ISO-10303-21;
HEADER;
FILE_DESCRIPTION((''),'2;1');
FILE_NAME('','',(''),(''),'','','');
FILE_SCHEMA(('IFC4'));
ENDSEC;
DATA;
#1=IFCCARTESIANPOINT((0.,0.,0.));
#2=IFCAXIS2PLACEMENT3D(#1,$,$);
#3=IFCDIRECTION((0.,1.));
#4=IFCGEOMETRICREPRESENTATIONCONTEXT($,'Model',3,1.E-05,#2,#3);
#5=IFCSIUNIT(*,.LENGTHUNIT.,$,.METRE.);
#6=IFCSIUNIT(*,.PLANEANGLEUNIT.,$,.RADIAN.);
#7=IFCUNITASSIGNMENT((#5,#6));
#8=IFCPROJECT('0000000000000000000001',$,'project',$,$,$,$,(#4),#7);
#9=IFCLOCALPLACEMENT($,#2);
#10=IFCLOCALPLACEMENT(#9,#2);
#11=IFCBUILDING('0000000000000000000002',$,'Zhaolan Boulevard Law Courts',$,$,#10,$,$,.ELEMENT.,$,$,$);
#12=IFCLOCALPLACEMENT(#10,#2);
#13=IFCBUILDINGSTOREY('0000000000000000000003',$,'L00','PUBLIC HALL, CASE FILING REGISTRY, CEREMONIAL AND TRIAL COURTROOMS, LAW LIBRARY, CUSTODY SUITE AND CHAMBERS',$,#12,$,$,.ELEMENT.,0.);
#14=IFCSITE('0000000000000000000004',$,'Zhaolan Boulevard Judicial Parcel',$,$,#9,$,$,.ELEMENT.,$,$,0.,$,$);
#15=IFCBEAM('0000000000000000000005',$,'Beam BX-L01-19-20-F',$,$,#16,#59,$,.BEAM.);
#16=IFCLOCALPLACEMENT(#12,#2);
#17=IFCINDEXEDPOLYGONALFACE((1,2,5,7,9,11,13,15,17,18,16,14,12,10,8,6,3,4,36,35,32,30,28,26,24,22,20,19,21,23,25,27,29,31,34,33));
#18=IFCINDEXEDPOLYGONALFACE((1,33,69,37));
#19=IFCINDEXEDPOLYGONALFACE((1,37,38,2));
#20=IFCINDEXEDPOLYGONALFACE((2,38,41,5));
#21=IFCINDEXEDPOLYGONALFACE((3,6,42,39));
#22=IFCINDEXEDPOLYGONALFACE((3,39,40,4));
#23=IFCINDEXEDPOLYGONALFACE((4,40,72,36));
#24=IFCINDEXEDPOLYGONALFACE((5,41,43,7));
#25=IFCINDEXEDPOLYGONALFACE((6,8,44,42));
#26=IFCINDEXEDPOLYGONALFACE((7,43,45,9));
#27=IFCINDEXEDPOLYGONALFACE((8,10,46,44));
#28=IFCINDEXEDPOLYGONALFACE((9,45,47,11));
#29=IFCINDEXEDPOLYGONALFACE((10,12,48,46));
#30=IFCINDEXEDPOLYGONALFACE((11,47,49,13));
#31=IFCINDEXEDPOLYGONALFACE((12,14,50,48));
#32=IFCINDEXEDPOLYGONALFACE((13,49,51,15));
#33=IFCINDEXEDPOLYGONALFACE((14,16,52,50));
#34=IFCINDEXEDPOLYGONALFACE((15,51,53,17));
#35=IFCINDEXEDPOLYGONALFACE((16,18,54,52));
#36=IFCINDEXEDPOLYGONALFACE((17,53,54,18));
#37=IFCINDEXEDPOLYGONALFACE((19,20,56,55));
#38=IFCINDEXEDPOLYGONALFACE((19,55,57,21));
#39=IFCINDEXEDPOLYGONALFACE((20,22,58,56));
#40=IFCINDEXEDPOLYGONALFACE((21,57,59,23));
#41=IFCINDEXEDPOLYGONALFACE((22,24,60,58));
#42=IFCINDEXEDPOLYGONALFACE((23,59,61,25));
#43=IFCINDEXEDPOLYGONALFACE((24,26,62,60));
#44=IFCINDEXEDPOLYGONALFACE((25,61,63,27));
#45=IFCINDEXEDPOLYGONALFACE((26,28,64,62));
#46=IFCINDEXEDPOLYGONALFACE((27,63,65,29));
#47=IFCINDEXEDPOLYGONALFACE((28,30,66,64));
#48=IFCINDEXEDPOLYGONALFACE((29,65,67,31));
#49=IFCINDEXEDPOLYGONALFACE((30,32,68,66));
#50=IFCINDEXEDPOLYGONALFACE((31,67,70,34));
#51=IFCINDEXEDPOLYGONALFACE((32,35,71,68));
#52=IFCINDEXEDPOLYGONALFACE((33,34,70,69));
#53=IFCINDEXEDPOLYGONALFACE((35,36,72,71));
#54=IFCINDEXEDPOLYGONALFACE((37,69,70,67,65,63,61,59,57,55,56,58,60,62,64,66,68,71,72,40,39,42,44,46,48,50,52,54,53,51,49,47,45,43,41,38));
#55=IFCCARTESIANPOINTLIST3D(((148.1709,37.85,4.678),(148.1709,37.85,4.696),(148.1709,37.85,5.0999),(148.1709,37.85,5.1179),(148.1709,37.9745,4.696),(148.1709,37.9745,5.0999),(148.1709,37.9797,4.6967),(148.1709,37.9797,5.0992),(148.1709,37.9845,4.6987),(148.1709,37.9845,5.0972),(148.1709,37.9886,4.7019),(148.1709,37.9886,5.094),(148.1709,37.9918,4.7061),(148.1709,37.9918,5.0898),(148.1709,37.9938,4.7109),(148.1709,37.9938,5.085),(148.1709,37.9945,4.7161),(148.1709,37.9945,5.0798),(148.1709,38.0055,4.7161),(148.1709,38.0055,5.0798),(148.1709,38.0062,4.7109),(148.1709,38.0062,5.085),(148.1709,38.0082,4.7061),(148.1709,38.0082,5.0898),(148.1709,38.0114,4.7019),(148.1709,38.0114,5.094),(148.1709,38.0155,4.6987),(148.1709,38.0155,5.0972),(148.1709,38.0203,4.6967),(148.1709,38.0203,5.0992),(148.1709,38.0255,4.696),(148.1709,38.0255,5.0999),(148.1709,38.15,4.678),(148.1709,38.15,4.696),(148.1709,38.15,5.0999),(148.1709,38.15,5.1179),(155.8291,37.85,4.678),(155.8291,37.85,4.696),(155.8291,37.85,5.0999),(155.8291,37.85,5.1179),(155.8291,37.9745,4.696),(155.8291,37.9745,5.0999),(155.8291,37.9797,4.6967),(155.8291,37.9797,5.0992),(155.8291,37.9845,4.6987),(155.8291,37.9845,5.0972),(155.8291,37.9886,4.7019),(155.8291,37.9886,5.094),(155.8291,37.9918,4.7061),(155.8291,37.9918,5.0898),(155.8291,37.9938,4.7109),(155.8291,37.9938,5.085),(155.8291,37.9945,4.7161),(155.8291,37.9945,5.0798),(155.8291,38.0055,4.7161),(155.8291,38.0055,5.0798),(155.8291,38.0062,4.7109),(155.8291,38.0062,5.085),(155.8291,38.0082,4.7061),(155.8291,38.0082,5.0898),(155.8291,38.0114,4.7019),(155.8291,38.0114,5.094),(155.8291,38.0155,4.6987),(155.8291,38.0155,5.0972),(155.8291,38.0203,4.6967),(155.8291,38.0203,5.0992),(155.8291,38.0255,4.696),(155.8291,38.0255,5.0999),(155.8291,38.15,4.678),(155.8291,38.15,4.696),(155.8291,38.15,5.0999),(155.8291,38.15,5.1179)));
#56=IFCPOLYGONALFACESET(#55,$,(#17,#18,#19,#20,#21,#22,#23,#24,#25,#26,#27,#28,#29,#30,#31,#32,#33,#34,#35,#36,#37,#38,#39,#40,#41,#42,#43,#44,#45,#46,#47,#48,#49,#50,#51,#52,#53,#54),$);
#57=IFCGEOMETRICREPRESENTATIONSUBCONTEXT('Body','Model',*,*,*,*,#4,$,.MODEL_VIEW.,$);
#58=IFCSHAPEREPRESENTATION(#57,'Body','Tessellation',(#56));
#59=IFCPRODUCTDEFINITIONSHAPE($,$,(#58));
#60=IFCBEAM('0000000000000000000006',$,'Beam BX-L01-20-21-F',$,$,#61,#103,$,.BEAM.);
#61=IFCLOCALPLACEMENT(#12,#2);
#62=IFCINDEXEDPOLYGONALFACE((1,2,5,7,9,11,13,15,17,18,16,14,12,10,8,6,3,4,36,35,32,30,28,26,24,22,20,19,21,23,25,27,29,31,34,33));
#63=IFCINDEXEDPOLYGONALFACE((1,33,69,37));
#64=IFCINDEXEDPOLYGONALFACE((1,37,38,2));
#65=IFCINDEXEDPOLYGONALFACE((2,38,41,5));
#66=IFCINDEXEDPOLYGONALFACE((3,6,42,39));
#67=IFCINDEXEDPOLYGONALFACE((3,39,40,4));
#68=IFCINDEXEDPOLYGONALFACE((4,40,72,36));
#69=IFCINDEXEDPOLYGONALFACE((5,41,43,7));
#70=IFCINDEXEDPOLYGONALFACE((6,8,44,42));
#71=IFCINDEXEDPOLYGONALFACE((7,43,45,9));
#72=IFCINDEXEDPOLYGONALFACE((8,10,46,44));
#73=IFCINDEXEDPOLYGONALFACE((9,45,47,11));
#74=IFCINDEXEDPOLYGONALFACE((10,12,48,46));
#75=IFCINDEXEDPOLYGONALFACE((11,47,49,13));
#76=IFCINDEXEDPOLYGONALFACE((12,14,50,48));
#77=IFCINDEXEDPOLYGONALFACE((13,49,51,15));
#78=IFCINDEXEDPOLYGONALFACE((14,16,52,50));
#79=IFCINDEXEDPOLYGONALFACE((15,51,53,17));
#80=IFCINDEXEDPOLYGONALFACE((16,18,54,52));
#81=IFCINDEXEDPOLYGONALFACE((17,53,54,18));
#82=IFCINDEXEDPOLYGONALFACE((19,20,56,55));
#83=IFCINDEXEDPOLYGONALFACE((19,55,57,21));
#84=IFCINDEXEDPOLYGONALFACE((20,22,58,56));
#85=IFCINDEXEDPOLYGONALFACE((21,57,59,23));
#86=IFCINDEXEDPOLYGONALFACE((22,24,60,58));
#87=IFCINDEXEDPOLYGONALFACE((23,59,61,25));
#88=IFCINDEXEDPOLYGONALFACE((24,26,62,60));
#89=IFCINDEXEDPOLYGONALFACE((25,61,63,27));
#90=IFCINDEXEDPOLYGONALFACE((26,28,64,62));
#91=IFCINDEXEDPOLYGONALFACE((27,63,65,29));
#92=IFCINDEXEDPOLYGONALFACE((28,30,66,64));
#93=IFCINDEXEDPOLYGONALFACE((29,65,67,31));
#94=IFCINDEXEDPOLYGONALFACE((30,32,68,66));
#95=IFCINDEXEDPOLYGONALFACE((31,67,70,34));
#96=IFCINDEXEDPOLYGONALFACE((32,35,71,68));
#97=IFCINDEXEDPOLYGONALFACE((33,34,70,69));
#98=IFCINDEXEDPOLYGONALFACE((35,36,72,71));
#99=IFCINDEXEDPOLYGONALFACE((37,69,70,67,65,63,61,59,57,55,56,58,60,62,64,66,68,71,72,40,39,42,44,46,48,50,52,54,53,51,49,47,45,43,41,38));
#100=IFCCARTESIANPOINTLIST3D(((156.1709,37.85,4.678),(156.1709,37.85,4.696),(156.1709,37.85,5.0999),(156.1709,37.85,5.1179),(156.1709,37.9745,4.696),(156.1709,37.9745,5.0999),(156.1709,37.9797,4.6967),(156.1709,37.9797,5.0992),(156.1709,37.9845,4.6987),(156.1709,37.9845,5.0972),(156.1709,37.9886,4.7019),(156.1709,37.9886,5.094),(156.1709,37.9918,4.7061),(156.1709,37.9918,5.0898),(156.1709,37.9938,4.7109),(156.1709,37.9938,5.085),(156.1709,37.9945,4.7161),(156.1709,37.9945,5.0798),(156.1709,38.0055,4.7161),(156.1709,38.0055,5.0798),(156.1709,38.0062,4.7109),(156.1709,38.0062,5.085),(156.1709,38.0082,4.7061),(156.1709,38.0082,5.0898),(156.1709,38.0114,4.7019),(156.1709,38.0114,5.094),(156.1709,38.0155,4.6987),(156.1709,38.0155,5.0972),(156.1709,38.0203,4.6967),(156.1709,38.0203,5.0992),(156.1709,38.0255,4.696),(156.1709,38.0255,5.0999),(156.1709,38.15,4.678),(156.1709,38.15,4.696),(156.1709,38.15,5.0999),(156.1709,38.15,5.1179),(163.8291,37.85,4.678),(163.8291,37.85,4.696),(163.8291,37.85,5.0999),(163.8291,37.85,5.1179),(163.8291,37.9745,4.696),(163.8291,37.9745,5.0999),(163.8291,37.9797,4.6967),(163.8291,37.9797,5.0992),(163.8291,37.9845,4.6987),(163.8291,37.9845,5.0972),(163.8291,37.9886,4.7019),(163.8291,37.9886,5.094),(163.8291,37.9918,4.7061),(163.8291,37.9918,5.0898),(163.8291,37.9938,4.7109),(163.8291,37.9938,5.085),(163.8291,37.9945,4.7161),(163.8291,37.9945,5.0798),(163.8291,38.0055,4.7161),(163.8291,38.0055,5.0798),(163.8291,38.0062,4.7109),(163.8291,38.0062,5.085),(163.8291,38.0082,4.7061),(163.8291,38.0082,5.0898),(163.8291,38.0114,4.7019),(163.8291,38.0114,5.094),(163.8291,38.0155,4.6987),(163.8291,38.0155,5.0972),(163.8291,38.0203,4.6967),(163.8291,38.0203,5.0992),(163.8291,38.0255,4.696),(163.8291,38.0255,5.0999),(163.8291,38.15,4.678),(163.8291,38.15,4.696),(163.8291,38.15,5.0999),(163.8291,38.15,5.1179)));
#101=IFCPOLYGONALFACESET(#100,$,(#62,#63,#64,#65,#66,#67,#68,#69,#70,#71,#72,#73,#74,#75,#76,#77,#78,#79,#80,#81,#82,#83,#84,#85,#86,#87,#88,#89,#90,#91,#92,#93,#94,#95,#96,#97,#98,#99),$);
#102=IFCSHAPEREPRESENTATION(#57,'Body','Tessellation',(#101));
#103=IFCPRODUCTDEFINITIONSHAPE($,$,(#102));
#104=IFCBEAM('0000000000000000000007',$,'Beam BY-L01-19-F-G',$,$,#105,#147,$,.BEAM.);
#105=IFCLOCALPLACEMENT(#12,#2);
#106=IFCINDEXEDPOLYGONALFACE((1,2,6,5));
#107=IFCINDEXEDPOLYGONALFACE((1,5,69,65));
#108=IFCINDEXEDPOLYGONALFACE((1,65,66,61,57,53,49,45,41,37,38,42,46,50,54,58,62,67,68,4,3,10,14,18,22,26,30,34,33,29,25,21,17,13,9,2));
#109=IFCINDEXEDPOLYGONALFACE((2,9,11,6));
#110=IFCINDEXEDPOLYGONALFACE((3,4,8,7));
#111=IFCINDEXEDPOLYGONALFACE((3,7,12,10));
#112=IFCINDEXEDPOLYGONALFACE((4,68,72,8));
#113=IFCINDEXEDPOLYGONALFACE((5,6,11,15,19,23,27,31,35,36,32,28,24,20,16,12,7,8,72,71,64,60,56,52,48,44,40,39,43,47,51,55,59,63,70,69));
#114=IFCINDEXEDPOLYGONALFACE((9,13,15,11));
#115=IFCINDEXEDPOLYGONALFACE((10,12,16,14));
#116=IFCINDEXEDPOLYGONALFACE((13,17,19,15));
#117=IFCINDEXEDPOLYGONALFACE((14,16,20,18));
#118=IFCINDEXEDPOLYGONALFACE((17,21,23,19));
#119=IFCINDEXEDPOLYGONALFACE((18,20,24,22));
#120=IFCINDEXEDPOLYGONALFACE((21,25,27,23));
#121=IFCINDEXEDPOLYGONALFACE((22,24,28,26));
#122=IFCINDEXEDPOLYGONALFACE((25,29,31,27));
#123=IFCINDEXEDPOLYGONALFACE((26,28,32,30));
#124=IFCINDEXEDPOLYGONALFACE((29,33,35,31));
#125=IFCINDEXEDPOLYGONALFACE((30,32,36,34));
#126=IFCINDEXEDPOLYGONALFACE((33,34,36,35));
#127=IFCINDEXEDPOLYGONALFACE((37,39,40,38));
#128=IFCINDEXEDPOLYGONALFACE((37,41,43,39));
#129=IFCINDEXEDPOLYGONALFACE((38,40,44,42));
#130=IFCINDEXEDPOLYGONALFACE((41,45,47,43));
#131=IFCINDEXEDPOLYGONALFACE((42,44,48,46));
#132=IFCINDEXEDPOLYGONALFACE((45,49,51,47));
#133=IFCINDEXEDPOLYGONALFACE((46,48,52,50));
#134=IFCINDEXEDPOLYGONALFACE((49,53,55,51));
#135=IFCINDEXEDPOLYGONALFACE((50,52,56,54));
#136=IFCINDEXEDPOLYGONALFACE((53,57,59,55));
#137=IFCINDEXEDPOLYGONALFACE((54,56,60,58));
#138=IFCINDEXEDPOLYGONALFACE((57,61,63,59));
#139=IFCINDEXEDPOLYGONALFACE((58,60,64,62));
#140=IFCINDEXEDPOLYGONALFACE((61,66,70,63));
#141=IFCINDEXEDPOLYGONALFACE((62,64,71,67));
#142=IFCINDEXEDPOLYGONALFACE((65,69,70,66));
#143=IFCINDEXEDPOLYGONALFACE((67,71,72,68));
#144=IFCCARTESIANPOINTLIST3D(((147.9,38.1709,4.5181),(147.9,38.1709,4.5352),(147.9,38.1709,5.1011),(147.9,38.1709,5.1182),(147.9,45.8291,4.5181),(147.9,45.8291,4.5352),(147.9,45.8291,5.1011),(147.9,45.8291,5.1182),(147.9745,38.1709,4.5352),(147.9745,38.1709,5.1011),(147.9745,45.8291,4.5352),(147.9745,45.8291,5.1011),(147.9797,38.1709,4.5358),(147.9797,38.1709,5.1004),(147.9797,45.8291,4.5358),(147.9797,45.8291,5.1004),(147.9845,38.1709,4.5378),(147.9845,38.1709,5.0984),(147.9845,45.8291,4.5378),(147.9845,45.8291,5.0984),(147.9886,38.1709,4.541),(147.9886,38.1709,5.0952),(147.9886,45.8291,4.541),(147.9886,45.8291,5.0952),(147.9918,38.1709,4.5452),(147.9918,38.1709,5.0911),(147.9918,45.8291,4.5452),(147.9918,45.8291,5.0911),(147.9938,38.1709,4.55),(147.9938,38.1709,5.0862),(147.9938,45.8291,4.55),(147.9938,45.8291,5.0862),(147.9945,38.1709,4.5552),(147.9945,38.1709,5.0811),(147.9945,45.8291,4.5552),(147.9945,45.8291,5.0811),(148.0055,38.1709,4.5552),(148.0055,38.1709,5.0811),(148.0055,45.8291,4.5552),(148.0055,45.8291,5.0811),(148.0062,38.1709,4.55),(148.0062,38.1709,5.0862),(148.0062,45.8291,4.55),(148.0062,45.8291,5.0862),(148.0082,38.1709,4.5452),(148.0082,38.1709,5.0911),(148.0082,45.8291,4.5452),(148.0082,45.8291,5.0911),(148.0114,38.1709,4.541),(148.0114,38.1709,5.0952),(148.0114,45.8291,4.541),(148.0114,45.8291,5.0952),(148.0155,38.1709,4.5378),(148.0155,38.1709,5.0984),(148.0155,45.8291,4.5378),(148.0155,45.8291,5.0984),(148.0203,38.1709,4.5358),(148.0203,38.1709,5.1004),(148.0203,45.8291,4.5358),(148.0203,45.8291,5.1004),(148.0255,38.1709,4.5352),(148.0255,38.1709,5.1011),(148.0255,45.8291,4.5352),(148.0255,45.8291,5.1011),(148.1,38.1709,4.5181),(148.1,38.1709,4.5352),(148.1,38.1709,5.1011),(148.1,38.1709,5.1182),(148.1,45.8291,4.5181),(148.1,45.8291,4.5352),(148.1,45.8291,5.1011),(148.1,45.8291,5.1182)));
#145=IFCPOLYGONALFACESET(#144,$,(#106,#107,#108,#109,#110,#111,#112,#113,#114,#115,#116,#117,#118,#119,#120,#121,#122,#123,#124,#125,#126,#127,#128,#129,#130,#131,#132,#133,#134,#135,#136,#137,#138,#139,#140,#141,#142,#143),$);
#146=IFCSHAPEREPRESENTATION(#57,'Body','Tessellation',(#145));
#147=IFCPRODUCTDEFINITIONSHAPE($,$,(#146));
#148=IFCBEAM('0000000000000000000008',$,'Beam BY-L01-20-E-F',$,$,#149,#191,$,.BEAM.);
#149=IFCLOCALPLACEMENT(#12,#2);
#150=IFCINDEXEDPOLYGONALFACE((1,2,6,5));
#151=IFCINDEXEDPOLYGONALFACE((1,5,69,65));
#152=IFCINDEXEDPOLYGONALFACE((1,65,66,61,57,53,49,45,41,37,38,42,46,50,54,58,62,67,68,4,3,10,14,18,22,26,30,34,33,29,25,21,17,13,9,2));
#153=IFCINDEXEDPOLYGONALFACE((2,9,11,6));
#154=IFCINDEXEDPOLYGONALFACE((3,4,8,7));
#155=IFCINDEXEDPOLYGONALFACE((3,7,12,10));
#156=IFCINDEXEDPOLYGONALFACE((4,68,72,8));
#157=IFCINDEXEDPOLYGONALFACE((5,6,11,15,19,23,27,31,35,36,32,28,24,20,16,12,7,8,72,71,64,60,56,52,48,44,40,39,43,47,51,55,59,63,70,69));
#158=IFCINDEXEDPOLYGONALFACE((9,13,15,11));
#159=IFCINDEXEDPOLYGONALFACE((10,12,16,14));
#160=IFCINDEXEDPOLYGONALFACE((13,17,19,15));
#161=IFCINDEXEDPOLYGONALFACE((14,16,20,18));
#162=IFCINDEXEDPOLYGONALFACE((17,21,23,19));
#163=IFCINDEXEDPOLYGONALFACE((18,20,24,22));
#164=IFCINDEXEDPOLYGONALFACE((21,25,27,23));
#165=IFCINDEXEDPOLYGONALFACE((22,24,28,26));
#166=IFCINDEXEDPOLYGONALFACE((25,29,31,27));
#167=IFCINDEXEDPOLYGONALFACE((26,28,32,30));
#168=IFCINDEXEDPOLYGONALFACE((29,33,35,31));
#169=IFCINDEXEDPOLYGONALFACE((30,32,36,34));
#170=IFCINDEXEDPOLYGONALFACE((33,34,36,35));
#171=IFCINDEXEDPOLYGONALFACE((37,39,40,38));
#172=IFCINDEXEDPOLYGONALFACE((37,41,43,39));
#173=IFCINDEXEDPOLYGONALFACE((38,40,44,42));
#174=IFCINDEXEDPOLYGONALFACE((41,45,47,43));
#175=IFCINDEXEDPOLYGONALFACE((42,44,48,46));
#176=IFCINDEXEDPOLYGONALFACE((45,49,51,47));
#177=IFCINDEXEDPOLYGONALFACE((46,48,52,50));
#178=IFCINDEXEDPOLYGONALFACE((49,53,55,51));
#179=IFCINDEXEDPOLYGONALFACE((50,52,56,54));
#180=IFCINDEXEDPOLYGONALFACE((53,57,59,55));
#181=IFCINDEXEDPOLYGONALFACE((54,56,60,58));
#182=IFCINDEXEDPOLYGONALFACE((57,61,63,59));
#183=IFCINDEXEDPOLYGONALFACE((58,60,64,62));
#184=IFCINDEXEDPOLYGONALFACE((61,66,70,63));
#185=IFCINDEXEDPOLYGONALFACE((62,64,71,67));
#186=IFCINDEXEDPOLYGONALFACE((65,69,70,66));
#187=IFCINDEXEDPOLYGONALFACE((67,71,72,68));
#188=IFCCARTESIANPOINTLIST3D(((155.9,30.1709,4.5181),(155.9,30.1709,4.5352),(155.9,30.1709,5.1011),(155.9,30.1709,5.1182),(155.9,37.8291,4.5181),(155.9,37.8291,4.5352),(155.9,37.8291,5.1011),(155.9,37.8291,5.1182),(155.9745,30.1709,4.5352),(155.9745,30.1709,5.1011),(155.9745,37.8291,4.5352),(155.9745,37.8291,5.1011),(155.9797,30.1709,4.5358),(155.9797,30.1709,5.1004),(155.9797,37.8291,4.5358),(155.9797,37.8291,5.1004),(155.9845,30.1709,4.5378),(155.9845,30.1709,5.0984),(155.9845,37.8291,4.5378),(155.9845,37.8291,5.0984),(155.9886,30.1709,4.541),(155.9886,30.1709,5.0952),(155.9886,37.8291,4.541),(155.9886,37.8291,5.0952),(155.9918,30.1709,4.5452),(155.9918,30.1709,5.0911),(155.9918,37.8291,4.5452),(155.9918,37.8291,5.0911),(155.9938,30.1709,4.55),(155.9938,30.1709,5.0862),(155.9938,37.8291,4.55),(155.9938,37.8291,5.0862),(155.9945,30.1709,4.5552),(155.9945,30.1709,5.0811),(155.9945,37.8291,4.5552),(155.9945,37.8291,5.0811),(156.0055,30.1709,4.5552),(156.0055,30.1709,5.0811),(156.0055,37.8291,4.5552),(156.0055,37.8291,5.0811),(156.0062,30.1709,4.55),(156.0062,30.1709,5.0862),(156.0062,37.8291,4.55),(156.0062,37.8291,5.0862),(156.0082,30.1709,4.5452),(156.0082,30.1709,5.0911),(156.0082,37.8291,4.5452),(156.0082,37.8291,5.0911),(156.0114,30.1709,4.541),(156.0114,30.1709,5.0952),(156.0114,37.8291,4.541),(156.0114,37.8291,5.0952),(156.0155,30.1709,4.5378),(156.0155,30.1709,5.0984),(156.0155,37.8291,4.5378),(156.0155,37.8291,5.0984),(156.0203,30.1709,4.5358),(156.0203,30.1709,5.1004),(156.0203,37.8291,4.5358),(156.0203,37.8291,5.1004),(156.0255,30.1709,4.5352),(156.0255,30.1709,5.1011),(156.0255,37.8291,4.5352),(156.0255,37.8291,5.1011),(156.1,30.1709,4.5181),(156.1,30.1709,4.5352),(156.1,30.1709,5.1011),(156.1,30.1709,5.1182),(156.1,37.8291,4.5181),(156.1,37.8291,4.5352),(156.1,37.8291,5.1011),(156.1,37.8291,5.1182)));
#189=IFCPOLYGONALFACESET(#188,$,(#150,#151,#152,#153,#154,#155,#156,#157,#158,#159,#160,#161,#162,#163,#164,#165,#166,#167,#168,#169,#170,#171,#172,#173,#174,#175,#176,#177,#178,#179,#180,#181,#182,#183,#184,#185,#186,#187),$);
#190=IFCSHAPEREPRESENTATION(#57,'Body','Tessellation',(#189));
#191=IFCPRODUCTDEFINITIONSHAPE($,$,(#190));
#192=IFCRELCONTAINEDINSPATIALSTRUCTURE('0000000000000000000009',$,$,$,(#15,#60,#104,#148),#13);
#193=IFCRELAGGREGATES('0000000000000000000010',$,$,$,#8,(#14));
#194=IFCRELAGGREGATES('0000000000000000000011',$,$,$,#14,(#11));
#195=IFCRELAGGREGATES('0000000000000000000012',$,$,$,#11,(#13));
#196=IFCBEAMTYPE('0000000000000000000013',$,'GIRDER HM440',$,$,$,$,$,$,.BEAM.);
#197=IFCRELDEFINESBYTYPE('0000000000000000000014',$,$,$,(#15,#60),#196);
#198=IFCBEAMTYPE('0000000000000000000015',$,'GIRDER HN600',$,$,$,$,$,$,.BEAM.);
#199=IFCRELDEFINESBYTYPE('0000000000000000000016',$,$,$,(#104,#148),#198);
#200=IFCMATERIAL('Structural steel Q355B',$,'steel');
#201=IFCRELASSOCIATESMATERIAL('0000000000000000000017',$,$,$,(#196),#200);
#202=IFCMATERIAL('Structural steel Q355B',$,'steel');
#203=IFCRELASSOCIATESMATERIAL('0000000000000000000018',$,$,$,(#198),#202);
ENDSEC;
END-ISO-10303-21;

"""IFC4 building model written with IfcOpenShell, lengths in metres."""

from ifc_helpers import new_model, si_unit, direction, frame, origin, origin_2d, place, context, subcontext, project, spatial, i_section, extrude, material, material_profile, profile_set, type_object, element, save


model = new_model("IFC4")

# Units and contexts
model_context = context("Model", 3, precision=1e-05, world=origin(), true_north=direction((0.0, 1.0)))
body_context = subcontext(model_context, "Body", "Model", "MODEL_VIEW")
ifc_project = project(units=[si_unit("LENGTHUNIT", "METRE"), si_unit("PLANEANGLEUNIT", "RADIAN")], contexts=[model_context])

# Site, building, storey
site_placement = place(None, origin())
site = spatial("IfcSite", under=ifc_project, at=site_placement, Name="Zhaolan Boulevard Judicial Parcel", CompositionType="ELEMENT", RefElevation=0.0)
building_placement = place(site_placement, origin())
building = spatial("IfcBuilding", under=site, at=building_placement, Name="Zhaolan Boulevard Law Courts", CompositionType="ELEMENT")
storey_placement = place(building_placement, origin())
storey = spatial("IfcBuildingStorey", under=building, at=storey_placement, Name="L00", Description="PUBLIC HALL, CASE FILING REGISTRY, CEREMONIAL AND TRIAL COURTROOMS, LAW LIBRARY, CUSTODY SUITE AND CHAMBERS", CompositionType="ELEMENT", Elevation=0.0)

# Beams
ifc_material_1 = material(Name="Structural steel Q355B", Category="steel")
ifc_material_profile_1 = material_profile(ifc_material_1, i_section(OverallWidth=0.3, OverallDepth=0.4399, WebThickness=0.011, FlangeThickness=0.0181, FilletRadius=0.02, at=origin_2d()), Name="HM440x300")
ifc_profile_set_1 = profile_set([ifc_material_profile_1], Name="Structural steel Q355B")
beam_type_1 = type_object("IfcBeamType", Name="GIRDER HM440", PredefinedType="BEAM", material=ifc_profile_set_1)
for number, where, z_axis, x_axis, name in (
    (1, (148.1709, 38.0, 4.8979), (1.0, 0.0, 0.0), (0.0, 1.0, 0.0), "Beam BX-L01-19-20-F"),
    (2, (156.1709, 38.0, 4.8979), (1.0, 0.0, 0.0), (0.0, 1.0, 0.0), "Beam BX-L01-20-21-F"),
):
    element("IfcBeam", number, at=place(storey_placement, frame(where, z_axis=z_axis, x_axis=x_axis)), inside=storey, type_object=beam_type_1, Name=name, PredefinedType="BEAM", context=body_context, shape_type="SweptSolid", body=[
        extrude(i_section(OverallWidth=0.3, OverallDepth=0.4399, WebThickness=0.011, FlangeThickness=0.0181, FilletRadius=0.02, at=origin_2d()), origin(), (0.0, 0.0, 1.0), 7.6582),
    ])
ifc_material_2 = material(Name="Structural steel Q355B", Category="steel")
ifc_material_profile_2 = material_profile(ifc_material_2, i_section(OverallWidth=0.2, OverallDepth=0.6001, WebThickness=0.011, FlangeThickness=0.0171, FilletRadius=0.02, at=origin_2d()), Name="HN600x200")
ifc_profile_set_2 = profile_set([ifc_material_profile_2], Name="Structural steel Q355B")
beam_type_2 = type_object("IfcBeamType", Name="GIRDER HN600", PredefinedType="BEAM", material=ifc_profile_set_2)
for number, where, z_axis, x_axis, name in (
    (3, (148.0, 38.1709, 4.8181), (0.0, 1.0, 0.0), (-1.0, 0.0, 0.0), "Beam BY-L01-19-F-G"),
    (4, (156.0, 30.1709, 4.8181), (0.0, 1.0, 0.0), (-1.0, 0.0, 0.0), "Beam BY-L01-20-E-F"),
):
    element("IfcBeam", number, at=place(storey_placement, frame(where, z_axis=z_axis, x_axis=x_axis)), inside=storey, type_object=beam_type_2, Name=name, PredefinedType="BEAM", context=body_context, shape_type="SweptSolid", body=[
        extrude(i_section(OverallWidth=0.2, OverallDepth=0.6001, WebThickness=0.011, FlangeThickness=0.0171, FilletRadius=0.02, at=origin_2d()), origin(), (0.0, 0.0, 1.0), 7.6582),
    ])

save(model, "model.ifc")
